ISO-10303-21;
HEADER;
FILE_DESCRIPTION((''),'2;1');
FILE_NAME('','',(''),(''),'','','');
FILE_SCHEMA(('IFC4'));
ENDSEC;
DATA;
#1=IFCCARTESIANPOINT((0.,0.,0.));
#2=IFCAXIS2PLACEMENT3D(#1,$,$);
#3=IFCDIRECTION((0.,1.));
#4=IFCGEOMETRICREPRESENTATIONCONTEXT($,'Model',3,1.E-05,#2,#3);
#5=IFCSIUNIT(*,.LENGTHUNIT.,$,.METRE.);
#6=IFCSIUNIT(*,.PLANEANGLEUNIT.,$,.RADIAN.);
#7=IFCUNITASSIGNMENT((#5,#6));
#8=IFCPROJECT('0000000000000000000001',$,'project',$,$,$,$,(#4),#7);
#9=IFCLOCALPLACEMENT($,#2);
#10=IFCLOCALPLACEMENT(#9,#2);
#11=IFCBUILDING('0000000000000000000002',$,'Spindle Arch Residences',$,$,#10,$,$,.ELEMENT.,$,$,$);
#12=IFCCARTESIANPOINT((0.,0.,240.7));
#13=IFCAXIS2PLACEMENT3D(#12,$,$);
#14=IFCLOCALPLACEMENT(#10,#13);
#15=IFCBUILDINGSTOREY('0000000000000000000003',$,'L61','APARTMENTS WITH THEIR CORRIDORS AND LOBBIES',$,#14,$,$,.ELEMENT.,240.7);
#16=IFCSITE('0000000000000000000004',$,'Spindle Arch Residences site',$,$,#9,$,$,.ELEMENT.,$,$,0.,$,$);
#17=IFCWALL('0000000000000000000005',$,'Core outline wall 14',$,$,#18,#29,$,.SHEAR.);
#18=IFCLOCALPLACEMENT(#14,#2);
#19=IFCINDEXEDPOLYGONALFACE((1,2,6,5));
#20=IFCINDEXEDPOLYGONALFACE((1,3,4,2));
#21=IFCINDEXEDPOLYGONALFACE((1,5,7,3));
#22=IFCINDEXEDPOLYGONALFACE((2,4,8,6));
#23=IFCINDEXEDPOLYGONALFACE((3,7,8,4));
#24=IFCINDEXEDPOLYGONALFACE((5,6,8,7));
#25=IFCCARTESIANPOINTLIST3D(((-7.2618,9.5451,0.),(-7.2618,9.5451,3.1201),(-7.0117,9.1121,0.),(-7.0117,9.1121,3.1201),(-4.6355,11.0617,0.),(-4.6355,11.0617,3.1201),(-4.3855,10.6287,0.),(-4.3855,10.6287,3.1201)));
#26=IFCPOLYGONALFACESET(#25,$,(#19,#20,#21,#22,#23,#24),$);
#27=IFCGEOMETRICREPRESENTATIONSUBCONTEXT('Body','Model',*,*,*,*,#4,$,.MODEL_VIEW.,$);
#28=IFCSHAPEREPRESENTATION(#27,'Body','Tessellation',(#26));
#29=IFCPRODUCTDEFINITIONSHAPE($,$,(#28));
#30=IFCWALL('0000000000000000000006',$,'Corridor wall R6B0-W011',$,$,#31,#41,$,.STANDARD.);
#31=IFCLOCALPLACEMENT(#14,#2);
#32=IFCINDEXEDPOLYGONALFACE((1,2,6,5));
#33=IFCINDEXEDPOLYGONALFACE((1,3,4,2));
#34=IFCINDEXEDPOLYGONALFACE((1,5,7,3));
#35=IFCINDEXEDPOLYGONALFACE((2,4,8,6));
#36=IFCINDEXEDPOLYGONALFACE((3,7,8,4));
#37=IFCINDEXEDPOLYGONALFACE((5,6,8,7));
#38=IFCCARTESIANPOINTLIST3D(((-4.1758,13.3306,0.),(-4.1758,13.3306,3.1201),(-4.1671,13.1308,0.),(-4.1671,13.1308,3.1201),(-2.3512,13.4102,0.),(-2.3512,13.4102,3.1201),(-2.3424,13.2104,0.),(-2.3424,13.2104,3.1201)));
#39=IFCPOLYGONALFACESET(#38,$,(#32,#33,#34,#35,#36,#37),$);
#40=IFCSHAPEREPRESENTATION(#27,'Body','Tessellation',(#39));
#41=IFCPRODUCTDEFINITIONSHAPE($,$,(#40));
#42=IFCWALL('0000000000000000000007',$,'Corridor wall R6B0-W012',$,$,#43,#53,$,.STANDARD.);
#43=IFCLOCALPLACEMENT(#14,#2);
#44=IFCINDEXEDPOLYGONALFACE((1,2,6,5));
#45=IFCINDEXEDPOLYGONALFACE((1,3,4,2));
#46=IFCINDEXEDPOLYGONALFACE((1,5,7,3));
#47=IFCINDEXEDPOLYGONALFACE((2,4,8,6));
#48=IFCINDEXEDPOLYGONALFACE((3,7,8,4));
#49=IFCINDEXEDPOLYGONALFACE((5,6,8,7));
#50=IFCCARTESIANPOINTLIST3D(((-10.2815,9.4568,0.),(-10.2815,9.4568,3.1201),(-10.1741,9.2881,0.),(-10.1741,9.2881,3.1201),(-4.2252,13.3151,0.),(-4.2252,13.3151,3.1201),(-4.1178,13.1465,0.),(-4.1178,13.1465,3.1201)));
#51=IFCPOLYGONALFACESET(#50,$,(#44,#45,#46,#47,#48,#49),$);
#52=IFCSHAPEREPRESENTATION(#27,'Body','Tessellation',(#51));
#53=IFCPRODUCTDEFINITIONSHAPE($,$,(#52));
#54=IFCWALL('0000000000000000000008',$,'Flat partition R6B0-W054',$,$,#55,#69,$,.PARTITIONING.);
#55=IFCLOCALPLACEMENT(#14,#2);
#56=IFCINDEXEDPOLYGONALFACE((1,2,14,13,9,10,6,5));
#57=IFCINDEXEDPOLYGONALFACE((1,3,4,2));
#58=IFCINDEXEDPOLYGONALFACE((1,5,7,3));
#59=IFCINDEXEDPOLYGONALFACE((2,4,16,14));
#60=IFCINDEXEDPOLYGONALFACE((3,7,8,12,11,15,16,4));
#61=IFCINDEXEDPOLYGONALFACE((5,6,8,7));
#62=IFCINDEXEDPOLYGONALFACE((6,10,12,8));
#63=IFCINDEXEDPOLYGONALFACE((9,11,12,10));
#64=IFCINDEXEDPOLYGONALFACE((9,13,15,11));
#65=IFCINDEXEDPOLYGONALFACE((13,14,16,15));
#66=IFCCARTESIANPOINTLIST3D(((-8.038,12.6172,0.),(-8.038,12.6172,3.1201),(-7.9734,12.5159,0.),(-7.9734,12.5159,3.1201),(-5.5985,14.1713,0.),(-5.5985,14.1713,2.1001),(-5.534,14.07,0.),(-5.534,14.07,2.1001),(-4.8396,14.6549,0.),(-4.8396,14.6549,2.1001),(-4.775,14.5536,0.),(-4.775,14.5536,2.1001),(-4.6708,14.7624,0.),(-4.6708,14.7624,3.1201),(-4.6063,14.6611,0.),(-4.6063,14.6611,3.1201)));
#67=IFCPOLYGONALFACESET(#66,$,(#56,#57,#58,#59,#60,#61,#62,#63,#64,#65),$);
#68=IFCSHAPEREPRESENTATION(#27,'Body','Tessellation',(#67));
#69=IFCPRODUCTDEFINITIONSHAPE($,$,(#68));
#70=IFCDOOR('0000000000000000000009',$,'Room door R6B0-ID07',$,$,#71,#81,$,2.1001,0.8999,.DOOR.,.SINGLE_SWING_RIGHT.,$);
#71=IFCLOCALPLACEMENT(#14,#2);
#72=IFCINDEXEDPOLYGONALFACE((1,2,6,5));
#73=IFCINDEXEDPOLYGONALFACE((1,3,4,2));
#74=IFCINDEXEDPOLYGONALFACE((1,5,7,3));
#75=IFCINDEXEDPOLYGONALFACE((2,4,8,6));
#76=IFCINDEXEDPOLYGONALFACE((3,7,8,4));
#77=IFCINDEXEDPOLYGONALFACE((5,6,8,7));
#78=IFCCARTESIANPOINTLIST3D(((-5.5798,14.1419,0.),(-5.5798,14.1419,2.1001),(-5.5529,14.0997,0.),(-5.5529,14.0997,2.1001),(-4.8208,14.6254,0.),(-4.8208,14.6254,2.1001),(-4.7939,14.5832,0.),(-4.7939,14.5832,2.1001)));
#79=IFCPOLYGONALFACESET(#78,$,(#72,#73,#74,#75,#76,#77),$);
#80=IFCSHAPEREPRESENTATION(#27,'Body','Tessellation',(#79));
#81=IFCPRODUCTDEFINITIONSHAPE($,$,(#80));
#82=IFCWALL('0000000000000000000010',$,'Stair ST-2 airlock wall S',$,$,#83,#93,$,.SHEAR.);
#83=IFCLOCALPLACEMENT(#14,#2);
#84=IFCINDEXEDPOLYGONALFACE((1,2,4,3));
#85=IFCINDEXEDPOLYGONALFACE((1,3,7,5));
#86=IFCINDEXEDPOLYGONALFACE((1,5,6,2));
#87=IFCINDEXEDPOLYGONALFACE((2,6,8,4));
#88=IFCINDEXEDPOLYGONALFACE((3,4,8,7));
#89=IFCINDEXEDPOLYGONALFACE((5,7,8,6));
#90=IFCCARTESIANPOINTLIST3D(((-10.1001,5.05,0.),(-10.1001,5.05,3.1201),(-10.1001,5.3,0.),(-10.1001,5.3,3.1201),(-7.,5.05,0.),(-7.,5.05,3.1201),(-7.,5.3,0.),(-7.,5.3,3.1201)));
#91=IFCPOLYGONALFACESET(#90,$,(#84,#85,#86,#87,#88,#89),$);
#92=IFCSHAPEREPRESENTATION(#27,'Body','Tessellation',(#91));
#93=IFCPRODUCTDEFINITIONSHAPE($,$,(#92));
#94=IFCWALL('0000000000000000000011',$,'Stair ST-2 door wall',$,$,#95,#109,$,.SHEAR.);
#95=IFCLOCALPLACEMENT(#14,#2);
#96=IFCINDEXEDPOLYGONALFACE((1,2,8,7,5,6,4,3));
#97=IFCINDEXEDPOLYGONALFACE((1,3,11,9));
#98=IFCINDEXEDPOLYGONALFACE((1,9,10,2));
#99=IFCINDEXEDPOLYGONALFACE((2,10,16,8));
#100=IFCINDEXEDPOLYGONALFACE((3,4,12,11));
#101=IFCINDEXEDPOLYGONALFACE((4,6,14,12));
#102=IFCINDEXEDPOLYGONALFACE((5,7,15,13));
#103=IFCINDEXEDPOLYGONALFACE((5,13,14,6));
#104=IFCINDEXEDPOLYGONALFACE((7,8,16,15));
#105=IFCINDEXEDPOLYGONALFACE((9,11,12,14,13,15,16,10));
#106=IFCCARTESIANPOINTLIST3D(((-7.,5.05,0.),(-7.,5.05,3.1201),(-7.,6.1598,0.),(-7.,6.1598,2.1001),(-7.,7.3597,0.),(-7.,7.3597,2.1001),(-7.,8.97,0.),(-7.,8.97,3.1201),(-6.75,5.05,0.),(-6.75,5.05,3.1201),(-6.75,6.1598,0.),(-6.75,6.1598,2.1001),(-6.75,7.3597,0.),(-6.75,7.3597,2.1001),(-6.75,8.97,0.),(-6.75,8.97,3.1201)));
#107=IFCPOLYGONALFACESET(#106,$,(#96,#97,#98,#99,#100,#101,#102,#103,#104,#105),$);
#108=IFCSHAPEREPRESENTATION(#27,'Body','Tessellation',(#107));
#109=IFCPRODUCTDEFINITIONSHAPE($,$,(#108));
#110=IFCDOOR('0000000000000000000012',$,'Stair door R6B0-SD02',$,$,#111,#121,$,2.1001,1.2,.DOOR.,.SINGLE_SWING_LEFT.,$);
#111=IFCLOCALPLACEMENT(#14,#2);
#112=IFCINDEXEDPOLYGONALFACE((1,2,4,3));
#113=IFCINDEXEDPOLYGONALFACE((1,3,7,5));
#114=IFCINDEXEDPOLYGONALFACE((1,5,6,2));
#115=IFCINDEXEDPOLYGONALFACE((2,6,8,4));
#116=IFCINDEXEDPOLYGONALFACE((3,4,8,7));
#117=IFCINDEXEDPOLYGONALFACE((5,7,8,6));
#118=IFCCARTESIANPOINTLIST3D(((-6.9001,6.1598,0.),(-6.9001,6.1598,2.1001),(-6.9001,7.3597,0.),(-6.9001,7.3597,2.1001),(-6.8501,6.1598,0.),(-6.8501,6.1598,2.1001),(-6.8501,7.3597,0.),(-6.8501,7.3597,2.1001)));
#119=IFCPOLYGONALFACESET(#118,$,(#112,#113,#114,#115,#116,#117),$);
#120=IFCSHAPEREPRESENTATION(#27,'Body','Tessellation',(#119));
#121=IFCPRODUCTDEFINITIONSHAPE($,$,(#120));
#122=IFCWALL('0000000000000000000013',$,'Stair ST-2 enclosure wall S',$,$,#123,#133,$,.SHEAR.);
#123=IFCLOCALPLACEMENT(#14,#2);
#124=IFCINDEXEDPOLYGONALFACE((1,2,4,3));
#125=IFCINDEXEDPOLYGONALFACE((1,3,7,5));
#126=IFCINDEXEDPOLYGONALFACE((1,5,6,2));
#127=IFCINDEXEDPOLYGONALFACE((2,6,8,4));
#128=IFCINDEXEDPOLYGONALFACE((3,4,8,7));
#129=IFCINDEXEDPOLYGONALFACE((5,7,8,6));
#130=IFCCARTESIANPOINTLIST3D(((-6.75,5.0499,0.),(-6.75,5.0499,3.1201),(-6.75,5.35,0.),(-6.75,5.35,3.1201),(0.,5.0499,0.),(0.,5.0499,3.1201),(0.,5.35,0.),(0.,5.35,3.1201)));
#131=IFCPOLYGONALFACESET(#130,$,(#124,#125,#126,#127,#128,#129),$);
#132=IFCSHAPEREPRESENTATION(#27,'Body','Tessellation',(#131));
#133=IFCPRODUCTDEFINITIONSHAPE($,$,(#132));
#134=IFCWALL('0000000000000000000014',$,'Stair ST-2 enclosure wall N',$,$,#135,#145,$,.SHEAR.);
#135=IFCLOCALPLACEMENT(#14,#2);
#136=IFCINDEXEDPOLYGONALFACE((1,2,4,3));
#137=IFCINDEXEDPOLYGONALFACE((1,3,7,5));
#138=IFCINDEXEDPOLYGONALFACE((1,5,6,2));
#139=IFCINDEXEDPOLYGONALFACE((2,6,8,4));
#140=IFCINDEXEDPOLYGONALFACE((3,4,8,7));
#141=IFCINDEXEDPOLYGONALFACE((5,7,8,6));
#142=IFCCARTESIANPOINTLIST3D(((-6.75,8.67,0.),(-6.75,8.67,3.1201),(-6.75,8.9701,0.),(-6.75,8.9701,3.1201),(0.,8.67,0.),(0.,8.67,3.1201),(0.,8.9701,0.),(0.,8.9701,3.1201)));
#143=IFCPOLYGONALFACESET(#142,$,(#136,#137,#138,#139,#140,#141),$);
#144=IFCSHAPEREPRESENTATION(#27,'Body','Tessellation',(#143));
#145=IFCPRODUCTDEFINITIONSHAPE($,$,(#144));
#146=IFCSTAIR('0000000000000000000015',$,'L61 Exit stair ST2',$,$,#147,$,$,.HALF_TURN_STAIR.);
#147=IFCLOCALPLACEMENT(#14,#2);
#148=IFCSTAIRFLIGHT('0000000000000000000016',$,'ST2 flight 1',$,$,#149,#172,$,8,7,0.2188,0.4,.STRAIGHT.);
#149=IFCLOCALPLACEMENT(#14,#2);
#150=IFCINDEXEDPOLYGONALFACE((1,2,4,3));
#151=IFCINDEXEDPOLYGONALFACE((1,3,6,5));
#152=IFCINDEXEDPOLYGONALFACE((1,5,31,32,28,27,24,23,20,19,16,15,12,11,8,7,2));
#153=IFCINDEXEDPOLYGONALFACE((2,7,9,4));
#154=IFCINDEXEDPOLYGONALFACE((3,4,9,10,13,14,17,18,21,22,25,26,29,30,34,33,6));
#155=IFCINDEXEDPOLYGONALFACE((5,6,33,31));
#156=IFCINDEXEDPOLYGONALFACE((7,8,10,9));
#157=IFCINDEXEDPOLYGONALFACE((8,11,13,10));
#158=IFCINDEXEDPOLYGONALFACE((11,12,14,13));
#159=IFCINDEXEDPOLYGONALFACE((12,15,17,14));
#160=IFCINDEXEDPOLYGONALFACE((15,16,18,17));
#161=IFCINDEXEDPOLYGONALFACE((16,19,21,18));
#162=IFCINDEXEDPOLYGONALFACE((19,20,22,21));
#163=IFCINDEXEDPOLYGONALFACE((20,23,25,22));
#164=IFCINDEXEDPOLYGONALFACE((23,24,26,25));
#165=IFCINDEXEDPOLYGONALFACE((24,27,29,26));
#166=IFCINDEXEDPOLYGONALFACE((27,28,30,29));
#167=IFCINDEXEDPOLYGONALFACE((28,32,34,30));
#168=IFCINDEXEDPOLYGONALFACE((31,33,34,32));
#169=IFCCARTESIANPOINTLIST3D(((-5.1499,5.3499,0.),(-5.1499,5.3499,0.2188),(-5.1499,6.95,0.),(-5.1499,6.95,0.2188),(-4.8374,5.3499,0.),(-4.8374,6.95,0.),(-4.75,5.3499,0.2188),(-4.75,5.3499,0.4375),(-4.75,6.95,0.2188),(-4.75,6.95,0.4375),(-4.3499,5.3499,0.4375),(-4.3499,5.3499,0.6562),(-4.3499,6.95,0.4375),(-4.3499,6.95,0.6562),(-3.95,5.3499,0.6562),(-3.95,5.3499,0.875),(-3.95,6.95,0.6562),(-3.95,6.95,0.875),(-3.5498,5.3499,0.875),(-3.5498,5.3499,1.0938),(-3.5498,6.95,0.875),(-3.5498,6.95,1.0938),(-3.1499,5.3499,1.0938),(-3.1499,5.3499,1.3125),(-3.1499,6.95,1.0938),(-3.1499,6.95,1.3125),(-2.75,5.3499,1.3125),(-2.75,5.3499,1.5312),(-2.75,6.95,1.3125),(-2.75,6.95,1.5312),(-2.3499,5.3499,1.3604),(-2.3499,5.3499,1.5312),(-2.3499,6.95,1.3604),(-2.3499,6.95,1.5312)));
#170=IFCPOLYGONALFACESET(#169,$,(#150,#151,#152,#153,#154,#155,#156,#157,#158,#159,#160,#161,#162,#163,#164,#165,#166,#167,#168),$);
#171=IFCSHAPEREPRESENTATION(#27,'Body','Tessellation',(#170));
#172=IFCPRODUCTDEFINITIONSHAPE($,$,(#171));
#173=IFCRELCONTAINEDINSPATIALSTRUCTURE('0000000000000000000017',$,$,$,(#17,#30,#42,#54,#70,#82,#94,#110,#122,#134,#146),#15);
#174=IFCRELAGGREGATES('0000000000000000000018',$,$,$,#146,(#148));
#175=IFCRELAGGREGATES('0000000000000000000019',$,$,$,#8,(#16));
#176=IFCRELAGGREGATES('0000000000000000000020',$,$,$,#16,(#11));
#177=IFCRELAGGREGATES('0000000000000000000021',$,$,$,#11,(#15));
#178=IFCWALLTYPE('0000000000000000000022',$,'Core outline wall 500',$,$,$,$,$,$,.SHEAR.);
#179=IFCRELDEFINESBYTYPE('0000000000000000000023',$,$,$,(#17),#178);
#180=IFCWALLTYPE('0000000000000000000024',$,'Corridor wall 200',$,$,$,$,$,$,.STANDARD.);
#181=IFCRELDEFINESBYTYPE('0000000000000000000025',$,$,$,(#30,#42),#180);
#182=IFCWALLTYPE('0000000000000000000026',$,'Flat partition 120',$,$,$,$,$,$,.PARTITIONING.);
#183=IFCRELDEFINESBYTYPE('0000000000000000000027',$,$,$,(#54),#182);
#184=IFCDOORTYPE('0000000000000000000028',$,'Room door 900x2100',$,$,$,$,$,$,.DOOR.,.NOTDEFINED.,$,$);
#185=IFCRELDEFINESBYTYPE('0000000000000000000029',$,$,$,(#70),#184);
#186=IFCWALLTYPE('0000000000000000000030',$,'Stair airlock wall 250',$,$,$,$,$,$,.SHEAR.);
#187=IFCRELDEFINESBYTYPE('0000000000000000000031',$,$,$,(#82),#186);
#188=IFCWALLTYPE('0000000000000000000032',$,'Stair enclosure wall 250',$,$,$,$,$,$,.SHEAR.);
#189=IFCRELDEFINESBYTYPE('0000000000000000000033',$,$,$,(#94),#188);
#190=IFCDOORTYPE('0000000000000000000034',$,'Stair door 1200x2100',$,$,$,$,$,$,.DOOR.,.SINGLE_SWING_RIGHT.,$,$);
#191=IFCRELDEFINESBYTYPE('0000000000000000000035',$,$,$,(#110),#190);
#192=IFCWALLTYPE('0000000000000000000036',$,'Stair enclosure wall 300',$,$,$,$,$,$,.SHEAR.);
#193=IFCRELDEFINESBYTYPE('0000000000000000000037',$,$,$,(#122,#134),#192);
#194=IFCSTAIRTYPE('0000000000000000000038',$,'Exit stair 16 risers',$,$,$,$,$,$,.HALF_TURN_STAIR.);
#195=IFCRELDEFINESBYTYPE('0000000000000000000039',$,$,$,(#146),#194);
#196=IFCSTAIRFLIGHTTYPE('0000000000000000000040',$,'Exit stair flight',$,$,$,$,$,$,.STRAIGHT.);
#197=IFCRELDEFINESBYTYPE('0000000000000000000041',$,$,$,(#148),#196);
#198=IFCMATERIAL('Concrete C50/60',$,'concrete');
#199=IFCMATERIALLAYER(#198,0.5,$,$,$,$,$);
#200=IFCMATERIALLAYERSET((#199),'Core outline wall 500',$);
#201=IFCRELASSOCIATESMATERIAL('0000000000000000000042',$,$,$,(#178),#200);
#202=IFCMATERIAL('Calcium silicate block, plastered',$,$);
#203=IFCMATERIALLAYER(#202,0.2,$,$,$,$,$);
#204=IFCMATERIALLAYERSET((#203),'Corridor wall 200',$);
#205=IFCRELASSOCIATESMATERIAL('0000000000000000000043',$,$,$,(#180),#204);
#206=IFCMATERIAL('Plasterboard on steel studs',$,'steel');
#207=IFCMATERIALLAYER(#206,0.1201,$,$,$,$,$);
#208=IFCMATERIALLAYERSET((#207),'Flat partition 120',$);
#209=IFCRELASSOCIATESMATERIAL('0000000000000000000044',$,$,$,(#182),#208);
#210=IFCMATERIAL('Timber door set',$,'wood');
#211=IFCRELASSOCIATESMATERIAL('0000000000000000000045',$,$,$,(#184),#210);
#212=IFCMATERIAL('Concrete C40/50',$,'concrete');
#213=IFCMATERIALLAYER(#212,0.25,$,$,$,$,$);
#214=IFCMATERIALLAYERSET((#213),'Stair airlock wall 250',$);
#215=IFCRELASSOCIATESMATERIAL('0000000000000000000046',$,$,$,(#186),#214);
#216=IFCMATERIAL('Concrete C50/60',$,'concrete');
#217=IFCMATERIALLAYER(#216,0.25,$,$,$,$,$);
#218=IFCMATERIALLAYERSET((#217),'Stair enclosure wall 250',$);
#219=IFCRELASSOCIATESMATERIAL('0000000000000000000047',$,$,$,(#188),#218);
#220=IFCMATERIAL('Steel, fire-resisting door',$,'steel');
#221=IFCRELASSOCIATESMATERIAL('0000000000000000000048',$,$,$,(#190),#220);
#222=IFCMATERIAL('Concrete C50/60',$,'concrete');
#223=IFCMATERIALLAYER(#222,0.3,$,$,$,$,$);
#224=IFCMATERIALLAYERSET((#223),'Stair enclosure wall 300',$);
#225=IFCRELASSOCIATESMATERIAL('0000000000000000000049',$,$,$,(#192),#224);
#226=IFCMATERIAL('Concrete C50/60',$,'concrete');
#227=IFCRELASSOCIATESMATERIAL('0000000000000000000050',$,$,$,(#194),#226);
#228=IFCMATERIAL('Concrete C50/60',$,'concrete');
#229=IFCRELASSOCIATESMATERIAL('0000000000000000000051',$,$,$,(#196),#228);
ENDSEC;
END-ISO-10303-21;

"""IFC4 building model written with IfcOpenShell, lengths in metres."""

from ifc_helpers import new_model, si_unit, direction, frame, frame_2d, origin, place, context, subcontext, project, spatial, polyline, rectangle, outline, extrude, material, layer, layer_set, type_object, element, fill, aggregate, save


model = new_model("IFC4")

# Units and contexts
model_context = context("Model", 3, precision=1e-05, world=origin(), true_north=direction((0.0, 1.0)))
body_context = subcontext(model_context, "Body", "Model", "MODEL_VIEW")
ifc_project = project(units=[si_unit("LENGTHUNIT", "METRE"), si_unit("PLANEANGLEUNIT", "RADIAN")], contexts=[model_context])

# Site, building, storey
site_placement = place(None, origin())
site = spatial("IfcSite", under=ifc_project, at=site_placement, Name="Spindle Arch Residences site", CompositionType="ELEMENT", RefElevation=0.0)
building_placement = place(site_placement, origin())
building = spatial("IfcBuilding", under=site, at=building_placement, Name="Spindle Arch Residences", CompositionType="ELEMENT")
storey_placement = place(building_placement, frame((0.0, 0.0, 240.7)))
storey = spatial("IfcBuildingStorey", under=building, at=storey_placement, Name="L61", Description="APARTMENTS WITH THEIR CORRIDORS AND LOBBIES", CompositionType="ELEMENT", Elevation=240.7)

# Walls
ifc_material_1 = material(Name="Concrete C50/60", Category="concrete")
ifc_layer_1 = layer(ifc_material_1, 0.5)
ifc_layer_set_1 = layer_set([ifc_layer_1], Name="Core outline wall 500")
wall_type_1 = type_object("IfcWallType", Name="Core outline wall 500", PredefinedType="SHEAR", material=ifc_layer_set_1)
wall_1_placement = place(storey_placement, frame((-4.5105, 10.8452, 0.0), z_axis=(0.0, 0.0, 1.0), x_axis=(-0.865975, -0.500087, 0.0)))
element("IfcWall", 1, at=wall_1_placement, inside=storey, type_object=wall_type_1, Name="Core outline wall 14", PredefinedType="SHEAR", context=body_context, shape_type="SweptSolid", body=[
    extrude(rectangle(XDim=3.0327, YDim=0.5, at=frame_2d((1.5164, 0.0))), origin(), (0.0, 0.0, 1.0), 3.1201),
])
ifc_material_2 = material(Name="Calcium silicate block, plastered")
ifc_layer_2 = layer(ifc_material_2, 0.2)
ifc_layer_set_2 = layer_set([ifc_layer_2], Name="Corridor wall 200")
wall_type_2 = type_object("IfcWallType", Name="Corridor wall 200", PredefinedType="STANDARD", material=ifc_layer_set_2)
wall_2_placement = place(storey_placement, frame((-2.3469, 13.3103, 0.0), z_axis=(0.0, 0.0, 1.0), x_axis=(-0.99905, -0.043576, 0.0)))
element("IfcWall", 2, at=wall_2_placement, inside=storey, type_object=wall_type_2, Name="Corridor wall R6B0-W011", PredefinedType="STANDARD", context=body_context, shape_type="SweptSolid", body=[
    extrude(rectangle(XDim=1.8264, YDim=0.2, at=frame_2d((0.9131, 0.0))), origin(), (0.0, 0.0, 1.0), 3.1201),
])
wall_3_placement = place(storey_placement, frame((-4.1716, 13.2307, 0.0), z_axis=(0.0, 0.0, 1.0), x_axis=(-0.843388, -0.537304, 0.0)))
element("IfcWall", 3, at=wall_3_placement, inside=storey, type_object=wall_type_2, Name="Corridor wall R6B0-W012", PredefinedType="STANDARD", context=body_context, shape_type="SweptSolid", body=[
    extrude(rectangle(XDim=7.1809, YDim=0.2, at=frame_2d((3.5903, 0.0))), origin(), (0.0, 0.0, 1.0), 3.1201),
])

# Wall, opening, door
ifc_material_3 = material(Name="Plasterboard on steel studs", Category="steel")
ifc_layer_3 = layer(ifc_material_3, 0.1201)
ifc_layer_set_3 = layer_set([ifc_layer_3], Name="Flat partition 120")
wall_type_3 = type_object("IfcWallType", Name="Flat partition 120", PredefinedType="PARTITIONING", material=ifc_layer_set_3)
wall_4_placement = place(storey_placement, frame((-4.6387, 14.7117, 0.0), z_axis=(0.0, 0.0, 1.0), x_axis=(-0.843377, -0.537323, 0.0)))
wall_4 = element("IfcWall", 4, at=wall_4_placement, inside=storey, type_object=wall_type_3, Name="Flat partition R6B0-W054", PredefinedType="PARTITIONING", context=body_context, shape_type="SweptSolid", body=[
    extrude(rectangle(XDim=3.9924, YDim=0.1201, at=frame_2d((1.9961, 0.0))), origin(), (0.0, 0.0, 1.0), 3.1201),
])
opening_1_placement = place(wall_4_placement, frame((0.2, 0.0, 0.0)))
opening_1 = element("IfcOpeningElement", 5, at=opening_1_placement, cuts=wall_4, PredefinedType="OPENING", context=body_context, shape_type="SweptSolid", body=[
    extrude(rectangle(XDim=0.8999, YDim=2.1001, at=frame_2d((0.45, 1.05))), frame((0.0, 0.0701, 0.0), z_axis=(0.0, -1.0, 0.0), x_axis=(1.0, 0.0, 0.0)), (0.0, 0.0, 1.0), 0.1401),
])
ifc_material_4 = material(Name="Timber door set", Category="wood")
door_type_1 = type_object("IfcDoorType", Name="Room door 900x2100", OperationType="NOTDEFINED", PredefinedType="DOOR", material=ifc_material_4)
door_1_placement = place(opening_1_placement, origin())
door_1 = element("IfcDoor", 6, at=door_1_placement, inside=storey, type_object=door_type_1, Name="Room door R6B0-ID07", OperationType="SINGLE_SWING_RIGHT", OverallHeight=2.1001, OverallWidth=0.8999, PredefinedType="DOOR", context=body_context, shape_type="SweptSolid", body=[
    extrude(rectangle(XDim=0.8999, YDim=2.1001, at=frame_2d((0.45, 1.05))), frame((0.0, 0.0249, 0.0), z_axis=(0.0, -1.0, 0.0), x_axis=(1.0, 0.0, 0.0)), (0.0, 0.0, 1.0), 0.05),
])
fill(opening_1, door_1)

# Wall
ifc_material_5 = material(Name="Concrete C40/50", Category="concrete")
ifc_layer_4 = layer(ifc_material_5, 0.25)
ifc_layer_set_4 = layer_set([ifc_layer_4], Name="Stair airlock wall 250")
wall_type_4 = type_object("IfcWallType", Name="Stair airlock wall 250", PredefinedType="SHEAR", material=ifc_layer_set_4)
wall_5_placement = place(storey_placement, frame((-7.0, 5.175, 0.0), z_axis=(0.0, 0.0, 1.0), x_axis=(-1.0, 0.0, 0.0)))
element("IfcWall", 7, at=wall_5_placement, inside=storey, type_object=wall_type_4, Name="Stair ST-2 airlock wall S", PredefinedType="SHEAR", context=body_context, shape_type="SweptSolid", body=[
    extrude(rectangle(XDim=3.1001, YDim=0.25, at=frame_2d((1.55, 0.0))), origin(), (0.0, 0.0, 1.0), 3.1201),
])

# Wall, opening, door
ifc_material_6 = material(Name="Concrete C50/60", Category="concrete")
ifc_layer_5 = layer(ifc_material_6, 0.25)
ifc_layer_set_5 = layer_set([ifc_layer_5], Name="Stair enclosure wall 250")
wall_type_5 = type_object("IfcWallType", Name="Stair enclosure wall 250", PredefinedType="SHEAR", material=ifc_layer_set_5)
wall_6_placement = place(storey_placement, frame((-6.875, 8.97, 0.0), z_axis=(0.0, 0.0, 1.0), x_axis=(0.0, -1.0, 0.0)))
wall_6 = element("IfcWall", 8, at=wall_6_placement, inside=storey, type_object=wall_type_5, Name="Stair ST-2 door wall", PredefinedType="SHEAR", context=body_context, shape_type="SweptSolid", body=[
    extrude(rectangle(XDim=3.9199, YDim=0.25, at=frame_2d((1.96, 0.0))), origin(), (0.0, 0.0, 1.0), 3.1201),
])
opening_2_placement = place(wall_6_placement, frame((1.6101, 0.0, 0.0)))
opening_2 = element("IfcOpeningElement", 9, at=opening_2_placement, cuts=wall_6, PredefinedType="OPENING", context=body_context, shape_type="SweptSolid", body=[
    extrude(rectangle(XDim=1.2, YDim=2.1001, at=frame_2d((0.6001, 1.05))), frame((0.0, 0.135, 0.0), z_axis=(0.0, -1.0, 0.0), x_axis=(1.0, 0.0, 0.0)), (0.0, 0.0, 1.0), 0.27),
])
ifc_material_7 = material(Name="Steel, fire-resisting door", Category="steel")
door_type_2 = type_object("IfcDoorType", Name="Stair door 1200x2100", OperationType="SINGLE_SWING_RIGHT", PredefinedType="DOOR", material=ifc_material_7)
door_2_placement = place(opening_2_placement, origin())
door_2 = element("IfcDoor", 10, at=door_2_placement, inside=storey, type_object=door_type_2, Name="Stair door R6B0-SD02", OperationType="SINGLE_SWING_LEFT", OverallHeight=2.1001, OverallWidth=1.2, PredefinedType="DOOR", context=body_context, shape_type="SweptSolid", body=[
    extrude(rectangle(XDim=1.2, YDim=2.1001, at=frame_2d((0.6001, 1.05))), frame((0.0, 0.0249, 0.0), z_axis=(0.0, -1.0, 0.0), x_axis=(1.0, 0.0, 0.0)), (0.0, 0.0, 1.0), 0.05),
])
fill(opening_2, door_2)

# Walls
ifc_material_8 = material(Name="Concrete C50/60", Category="concrete")
ifc_layer_6 = layer(ifc_material_8, 0.3)
ifc_layer_set_6 = layer_set([ifc_layer_6], Name="Stair enclosure wall 300")
wall_type_6 = type_object("IfcWallType", Name="Stair enclosure wall 300", PredefinedType="SHEAR", material=ifc_layer_set_6)
for number, where, z_axis, x_axis, name in (
    (11, (-6.75, 5.2, 0.0), (0.0, 0.0, 1.0), (1.0, 0.0, 0.0), "Stair ST-2 enclosure wall S"),
    (12, (-6.75, 8.8201, 0.0), (0.0, 0.0, 1.0), (1.0, 0.0, 0.0), "Stair ST-2 enclosure wall N"),
):
    element("IfcWall", number, at=place(storey_placement, frame(where, z_axis=z_axis, x_axis=x_axis)), inside=storey, type_object=wall_type_6, Name=name, PredefinedType="SHEAR", context=body_context, shape_type="SweptSolid", body=[
        extrude(rectangle(XDim=6.75, YDim=0.3, at=frame_2d((3.375, 0.0))), origin(), (0.0, 0.0, 1.0), 3.1201),
    ])

# Stair, stair flight
ifc_material_9 = material(Name="Concrete C50/60", Category="concrete")
stair_type = type_object("IfcStairType", Name="Exit stair 16 risers", PredefinedType="HALF_TURN_STAIR", material=ifc_material_9)
stair_placement = place(storey_placement, origin())
stair = element("IfcStair", 13, at=stair_placement, inside=storey, type_object=stair_type, Name="L61 Exit stair ST2", PredefinedType="HALF_TURN_STAIR")
ifc_material_10 = material(Name="Concrete C50/60", Category="concrete")
stair_flight_type = type_object("IfcStairFlightType", Name="Exit stair flight", PredefinedType="STRAIGHT", material=ifc_material_10)
stair_flight_1_placement = place(storey_placement, frame((-5.1499, 6.1499, 0.0), z_axis=(0.0, 0.0, 1.0), x_axis=(1.0, 0.0, 0.0)))
stair_flight_1 = element("IfcStairFlight", 14, at=stair_flight_1_placement, type_object=stair_flight_type, Name="ST2 flight 1", NumberOfRisers=8, NumberOfTreads=7, PredefinedType="STRAIGHT", RiserHeight=0.2188, TreadLength=0.4, context=body_context, shape_type="SweptSolid", body=[
    extrude(outline(polyline([(0.0, 0.0), (0.0, 0.2188), (0.3999, 0.2188), (0.3999, 0.4375), (0.8, 0.4375), (0.8, 0.6562), (1.2, 0.6562), (1.2, 0.875), (1.6001, 0.875), (1.6001, 1.0938), (2.0, 1.0938), (2.0, 1.3125), (2.3999, 1.3125), (2.3999, 1.5312), (2.8, 1.5312), (2.8, 1.75), (2.8, 1.3604), (0.3125, 0.0), (0.0, 0.0)])), frame((0.0, 0.8, 0.0), z_axis=(0.0, -1.0, 0.0), x_axis=(1.0, 0.0, 0.0)), (0.0, 0.0, 1.0), 1.6001),
])
aggregate(stair, [stair_flight_1])

save(model, "model.ifc")
